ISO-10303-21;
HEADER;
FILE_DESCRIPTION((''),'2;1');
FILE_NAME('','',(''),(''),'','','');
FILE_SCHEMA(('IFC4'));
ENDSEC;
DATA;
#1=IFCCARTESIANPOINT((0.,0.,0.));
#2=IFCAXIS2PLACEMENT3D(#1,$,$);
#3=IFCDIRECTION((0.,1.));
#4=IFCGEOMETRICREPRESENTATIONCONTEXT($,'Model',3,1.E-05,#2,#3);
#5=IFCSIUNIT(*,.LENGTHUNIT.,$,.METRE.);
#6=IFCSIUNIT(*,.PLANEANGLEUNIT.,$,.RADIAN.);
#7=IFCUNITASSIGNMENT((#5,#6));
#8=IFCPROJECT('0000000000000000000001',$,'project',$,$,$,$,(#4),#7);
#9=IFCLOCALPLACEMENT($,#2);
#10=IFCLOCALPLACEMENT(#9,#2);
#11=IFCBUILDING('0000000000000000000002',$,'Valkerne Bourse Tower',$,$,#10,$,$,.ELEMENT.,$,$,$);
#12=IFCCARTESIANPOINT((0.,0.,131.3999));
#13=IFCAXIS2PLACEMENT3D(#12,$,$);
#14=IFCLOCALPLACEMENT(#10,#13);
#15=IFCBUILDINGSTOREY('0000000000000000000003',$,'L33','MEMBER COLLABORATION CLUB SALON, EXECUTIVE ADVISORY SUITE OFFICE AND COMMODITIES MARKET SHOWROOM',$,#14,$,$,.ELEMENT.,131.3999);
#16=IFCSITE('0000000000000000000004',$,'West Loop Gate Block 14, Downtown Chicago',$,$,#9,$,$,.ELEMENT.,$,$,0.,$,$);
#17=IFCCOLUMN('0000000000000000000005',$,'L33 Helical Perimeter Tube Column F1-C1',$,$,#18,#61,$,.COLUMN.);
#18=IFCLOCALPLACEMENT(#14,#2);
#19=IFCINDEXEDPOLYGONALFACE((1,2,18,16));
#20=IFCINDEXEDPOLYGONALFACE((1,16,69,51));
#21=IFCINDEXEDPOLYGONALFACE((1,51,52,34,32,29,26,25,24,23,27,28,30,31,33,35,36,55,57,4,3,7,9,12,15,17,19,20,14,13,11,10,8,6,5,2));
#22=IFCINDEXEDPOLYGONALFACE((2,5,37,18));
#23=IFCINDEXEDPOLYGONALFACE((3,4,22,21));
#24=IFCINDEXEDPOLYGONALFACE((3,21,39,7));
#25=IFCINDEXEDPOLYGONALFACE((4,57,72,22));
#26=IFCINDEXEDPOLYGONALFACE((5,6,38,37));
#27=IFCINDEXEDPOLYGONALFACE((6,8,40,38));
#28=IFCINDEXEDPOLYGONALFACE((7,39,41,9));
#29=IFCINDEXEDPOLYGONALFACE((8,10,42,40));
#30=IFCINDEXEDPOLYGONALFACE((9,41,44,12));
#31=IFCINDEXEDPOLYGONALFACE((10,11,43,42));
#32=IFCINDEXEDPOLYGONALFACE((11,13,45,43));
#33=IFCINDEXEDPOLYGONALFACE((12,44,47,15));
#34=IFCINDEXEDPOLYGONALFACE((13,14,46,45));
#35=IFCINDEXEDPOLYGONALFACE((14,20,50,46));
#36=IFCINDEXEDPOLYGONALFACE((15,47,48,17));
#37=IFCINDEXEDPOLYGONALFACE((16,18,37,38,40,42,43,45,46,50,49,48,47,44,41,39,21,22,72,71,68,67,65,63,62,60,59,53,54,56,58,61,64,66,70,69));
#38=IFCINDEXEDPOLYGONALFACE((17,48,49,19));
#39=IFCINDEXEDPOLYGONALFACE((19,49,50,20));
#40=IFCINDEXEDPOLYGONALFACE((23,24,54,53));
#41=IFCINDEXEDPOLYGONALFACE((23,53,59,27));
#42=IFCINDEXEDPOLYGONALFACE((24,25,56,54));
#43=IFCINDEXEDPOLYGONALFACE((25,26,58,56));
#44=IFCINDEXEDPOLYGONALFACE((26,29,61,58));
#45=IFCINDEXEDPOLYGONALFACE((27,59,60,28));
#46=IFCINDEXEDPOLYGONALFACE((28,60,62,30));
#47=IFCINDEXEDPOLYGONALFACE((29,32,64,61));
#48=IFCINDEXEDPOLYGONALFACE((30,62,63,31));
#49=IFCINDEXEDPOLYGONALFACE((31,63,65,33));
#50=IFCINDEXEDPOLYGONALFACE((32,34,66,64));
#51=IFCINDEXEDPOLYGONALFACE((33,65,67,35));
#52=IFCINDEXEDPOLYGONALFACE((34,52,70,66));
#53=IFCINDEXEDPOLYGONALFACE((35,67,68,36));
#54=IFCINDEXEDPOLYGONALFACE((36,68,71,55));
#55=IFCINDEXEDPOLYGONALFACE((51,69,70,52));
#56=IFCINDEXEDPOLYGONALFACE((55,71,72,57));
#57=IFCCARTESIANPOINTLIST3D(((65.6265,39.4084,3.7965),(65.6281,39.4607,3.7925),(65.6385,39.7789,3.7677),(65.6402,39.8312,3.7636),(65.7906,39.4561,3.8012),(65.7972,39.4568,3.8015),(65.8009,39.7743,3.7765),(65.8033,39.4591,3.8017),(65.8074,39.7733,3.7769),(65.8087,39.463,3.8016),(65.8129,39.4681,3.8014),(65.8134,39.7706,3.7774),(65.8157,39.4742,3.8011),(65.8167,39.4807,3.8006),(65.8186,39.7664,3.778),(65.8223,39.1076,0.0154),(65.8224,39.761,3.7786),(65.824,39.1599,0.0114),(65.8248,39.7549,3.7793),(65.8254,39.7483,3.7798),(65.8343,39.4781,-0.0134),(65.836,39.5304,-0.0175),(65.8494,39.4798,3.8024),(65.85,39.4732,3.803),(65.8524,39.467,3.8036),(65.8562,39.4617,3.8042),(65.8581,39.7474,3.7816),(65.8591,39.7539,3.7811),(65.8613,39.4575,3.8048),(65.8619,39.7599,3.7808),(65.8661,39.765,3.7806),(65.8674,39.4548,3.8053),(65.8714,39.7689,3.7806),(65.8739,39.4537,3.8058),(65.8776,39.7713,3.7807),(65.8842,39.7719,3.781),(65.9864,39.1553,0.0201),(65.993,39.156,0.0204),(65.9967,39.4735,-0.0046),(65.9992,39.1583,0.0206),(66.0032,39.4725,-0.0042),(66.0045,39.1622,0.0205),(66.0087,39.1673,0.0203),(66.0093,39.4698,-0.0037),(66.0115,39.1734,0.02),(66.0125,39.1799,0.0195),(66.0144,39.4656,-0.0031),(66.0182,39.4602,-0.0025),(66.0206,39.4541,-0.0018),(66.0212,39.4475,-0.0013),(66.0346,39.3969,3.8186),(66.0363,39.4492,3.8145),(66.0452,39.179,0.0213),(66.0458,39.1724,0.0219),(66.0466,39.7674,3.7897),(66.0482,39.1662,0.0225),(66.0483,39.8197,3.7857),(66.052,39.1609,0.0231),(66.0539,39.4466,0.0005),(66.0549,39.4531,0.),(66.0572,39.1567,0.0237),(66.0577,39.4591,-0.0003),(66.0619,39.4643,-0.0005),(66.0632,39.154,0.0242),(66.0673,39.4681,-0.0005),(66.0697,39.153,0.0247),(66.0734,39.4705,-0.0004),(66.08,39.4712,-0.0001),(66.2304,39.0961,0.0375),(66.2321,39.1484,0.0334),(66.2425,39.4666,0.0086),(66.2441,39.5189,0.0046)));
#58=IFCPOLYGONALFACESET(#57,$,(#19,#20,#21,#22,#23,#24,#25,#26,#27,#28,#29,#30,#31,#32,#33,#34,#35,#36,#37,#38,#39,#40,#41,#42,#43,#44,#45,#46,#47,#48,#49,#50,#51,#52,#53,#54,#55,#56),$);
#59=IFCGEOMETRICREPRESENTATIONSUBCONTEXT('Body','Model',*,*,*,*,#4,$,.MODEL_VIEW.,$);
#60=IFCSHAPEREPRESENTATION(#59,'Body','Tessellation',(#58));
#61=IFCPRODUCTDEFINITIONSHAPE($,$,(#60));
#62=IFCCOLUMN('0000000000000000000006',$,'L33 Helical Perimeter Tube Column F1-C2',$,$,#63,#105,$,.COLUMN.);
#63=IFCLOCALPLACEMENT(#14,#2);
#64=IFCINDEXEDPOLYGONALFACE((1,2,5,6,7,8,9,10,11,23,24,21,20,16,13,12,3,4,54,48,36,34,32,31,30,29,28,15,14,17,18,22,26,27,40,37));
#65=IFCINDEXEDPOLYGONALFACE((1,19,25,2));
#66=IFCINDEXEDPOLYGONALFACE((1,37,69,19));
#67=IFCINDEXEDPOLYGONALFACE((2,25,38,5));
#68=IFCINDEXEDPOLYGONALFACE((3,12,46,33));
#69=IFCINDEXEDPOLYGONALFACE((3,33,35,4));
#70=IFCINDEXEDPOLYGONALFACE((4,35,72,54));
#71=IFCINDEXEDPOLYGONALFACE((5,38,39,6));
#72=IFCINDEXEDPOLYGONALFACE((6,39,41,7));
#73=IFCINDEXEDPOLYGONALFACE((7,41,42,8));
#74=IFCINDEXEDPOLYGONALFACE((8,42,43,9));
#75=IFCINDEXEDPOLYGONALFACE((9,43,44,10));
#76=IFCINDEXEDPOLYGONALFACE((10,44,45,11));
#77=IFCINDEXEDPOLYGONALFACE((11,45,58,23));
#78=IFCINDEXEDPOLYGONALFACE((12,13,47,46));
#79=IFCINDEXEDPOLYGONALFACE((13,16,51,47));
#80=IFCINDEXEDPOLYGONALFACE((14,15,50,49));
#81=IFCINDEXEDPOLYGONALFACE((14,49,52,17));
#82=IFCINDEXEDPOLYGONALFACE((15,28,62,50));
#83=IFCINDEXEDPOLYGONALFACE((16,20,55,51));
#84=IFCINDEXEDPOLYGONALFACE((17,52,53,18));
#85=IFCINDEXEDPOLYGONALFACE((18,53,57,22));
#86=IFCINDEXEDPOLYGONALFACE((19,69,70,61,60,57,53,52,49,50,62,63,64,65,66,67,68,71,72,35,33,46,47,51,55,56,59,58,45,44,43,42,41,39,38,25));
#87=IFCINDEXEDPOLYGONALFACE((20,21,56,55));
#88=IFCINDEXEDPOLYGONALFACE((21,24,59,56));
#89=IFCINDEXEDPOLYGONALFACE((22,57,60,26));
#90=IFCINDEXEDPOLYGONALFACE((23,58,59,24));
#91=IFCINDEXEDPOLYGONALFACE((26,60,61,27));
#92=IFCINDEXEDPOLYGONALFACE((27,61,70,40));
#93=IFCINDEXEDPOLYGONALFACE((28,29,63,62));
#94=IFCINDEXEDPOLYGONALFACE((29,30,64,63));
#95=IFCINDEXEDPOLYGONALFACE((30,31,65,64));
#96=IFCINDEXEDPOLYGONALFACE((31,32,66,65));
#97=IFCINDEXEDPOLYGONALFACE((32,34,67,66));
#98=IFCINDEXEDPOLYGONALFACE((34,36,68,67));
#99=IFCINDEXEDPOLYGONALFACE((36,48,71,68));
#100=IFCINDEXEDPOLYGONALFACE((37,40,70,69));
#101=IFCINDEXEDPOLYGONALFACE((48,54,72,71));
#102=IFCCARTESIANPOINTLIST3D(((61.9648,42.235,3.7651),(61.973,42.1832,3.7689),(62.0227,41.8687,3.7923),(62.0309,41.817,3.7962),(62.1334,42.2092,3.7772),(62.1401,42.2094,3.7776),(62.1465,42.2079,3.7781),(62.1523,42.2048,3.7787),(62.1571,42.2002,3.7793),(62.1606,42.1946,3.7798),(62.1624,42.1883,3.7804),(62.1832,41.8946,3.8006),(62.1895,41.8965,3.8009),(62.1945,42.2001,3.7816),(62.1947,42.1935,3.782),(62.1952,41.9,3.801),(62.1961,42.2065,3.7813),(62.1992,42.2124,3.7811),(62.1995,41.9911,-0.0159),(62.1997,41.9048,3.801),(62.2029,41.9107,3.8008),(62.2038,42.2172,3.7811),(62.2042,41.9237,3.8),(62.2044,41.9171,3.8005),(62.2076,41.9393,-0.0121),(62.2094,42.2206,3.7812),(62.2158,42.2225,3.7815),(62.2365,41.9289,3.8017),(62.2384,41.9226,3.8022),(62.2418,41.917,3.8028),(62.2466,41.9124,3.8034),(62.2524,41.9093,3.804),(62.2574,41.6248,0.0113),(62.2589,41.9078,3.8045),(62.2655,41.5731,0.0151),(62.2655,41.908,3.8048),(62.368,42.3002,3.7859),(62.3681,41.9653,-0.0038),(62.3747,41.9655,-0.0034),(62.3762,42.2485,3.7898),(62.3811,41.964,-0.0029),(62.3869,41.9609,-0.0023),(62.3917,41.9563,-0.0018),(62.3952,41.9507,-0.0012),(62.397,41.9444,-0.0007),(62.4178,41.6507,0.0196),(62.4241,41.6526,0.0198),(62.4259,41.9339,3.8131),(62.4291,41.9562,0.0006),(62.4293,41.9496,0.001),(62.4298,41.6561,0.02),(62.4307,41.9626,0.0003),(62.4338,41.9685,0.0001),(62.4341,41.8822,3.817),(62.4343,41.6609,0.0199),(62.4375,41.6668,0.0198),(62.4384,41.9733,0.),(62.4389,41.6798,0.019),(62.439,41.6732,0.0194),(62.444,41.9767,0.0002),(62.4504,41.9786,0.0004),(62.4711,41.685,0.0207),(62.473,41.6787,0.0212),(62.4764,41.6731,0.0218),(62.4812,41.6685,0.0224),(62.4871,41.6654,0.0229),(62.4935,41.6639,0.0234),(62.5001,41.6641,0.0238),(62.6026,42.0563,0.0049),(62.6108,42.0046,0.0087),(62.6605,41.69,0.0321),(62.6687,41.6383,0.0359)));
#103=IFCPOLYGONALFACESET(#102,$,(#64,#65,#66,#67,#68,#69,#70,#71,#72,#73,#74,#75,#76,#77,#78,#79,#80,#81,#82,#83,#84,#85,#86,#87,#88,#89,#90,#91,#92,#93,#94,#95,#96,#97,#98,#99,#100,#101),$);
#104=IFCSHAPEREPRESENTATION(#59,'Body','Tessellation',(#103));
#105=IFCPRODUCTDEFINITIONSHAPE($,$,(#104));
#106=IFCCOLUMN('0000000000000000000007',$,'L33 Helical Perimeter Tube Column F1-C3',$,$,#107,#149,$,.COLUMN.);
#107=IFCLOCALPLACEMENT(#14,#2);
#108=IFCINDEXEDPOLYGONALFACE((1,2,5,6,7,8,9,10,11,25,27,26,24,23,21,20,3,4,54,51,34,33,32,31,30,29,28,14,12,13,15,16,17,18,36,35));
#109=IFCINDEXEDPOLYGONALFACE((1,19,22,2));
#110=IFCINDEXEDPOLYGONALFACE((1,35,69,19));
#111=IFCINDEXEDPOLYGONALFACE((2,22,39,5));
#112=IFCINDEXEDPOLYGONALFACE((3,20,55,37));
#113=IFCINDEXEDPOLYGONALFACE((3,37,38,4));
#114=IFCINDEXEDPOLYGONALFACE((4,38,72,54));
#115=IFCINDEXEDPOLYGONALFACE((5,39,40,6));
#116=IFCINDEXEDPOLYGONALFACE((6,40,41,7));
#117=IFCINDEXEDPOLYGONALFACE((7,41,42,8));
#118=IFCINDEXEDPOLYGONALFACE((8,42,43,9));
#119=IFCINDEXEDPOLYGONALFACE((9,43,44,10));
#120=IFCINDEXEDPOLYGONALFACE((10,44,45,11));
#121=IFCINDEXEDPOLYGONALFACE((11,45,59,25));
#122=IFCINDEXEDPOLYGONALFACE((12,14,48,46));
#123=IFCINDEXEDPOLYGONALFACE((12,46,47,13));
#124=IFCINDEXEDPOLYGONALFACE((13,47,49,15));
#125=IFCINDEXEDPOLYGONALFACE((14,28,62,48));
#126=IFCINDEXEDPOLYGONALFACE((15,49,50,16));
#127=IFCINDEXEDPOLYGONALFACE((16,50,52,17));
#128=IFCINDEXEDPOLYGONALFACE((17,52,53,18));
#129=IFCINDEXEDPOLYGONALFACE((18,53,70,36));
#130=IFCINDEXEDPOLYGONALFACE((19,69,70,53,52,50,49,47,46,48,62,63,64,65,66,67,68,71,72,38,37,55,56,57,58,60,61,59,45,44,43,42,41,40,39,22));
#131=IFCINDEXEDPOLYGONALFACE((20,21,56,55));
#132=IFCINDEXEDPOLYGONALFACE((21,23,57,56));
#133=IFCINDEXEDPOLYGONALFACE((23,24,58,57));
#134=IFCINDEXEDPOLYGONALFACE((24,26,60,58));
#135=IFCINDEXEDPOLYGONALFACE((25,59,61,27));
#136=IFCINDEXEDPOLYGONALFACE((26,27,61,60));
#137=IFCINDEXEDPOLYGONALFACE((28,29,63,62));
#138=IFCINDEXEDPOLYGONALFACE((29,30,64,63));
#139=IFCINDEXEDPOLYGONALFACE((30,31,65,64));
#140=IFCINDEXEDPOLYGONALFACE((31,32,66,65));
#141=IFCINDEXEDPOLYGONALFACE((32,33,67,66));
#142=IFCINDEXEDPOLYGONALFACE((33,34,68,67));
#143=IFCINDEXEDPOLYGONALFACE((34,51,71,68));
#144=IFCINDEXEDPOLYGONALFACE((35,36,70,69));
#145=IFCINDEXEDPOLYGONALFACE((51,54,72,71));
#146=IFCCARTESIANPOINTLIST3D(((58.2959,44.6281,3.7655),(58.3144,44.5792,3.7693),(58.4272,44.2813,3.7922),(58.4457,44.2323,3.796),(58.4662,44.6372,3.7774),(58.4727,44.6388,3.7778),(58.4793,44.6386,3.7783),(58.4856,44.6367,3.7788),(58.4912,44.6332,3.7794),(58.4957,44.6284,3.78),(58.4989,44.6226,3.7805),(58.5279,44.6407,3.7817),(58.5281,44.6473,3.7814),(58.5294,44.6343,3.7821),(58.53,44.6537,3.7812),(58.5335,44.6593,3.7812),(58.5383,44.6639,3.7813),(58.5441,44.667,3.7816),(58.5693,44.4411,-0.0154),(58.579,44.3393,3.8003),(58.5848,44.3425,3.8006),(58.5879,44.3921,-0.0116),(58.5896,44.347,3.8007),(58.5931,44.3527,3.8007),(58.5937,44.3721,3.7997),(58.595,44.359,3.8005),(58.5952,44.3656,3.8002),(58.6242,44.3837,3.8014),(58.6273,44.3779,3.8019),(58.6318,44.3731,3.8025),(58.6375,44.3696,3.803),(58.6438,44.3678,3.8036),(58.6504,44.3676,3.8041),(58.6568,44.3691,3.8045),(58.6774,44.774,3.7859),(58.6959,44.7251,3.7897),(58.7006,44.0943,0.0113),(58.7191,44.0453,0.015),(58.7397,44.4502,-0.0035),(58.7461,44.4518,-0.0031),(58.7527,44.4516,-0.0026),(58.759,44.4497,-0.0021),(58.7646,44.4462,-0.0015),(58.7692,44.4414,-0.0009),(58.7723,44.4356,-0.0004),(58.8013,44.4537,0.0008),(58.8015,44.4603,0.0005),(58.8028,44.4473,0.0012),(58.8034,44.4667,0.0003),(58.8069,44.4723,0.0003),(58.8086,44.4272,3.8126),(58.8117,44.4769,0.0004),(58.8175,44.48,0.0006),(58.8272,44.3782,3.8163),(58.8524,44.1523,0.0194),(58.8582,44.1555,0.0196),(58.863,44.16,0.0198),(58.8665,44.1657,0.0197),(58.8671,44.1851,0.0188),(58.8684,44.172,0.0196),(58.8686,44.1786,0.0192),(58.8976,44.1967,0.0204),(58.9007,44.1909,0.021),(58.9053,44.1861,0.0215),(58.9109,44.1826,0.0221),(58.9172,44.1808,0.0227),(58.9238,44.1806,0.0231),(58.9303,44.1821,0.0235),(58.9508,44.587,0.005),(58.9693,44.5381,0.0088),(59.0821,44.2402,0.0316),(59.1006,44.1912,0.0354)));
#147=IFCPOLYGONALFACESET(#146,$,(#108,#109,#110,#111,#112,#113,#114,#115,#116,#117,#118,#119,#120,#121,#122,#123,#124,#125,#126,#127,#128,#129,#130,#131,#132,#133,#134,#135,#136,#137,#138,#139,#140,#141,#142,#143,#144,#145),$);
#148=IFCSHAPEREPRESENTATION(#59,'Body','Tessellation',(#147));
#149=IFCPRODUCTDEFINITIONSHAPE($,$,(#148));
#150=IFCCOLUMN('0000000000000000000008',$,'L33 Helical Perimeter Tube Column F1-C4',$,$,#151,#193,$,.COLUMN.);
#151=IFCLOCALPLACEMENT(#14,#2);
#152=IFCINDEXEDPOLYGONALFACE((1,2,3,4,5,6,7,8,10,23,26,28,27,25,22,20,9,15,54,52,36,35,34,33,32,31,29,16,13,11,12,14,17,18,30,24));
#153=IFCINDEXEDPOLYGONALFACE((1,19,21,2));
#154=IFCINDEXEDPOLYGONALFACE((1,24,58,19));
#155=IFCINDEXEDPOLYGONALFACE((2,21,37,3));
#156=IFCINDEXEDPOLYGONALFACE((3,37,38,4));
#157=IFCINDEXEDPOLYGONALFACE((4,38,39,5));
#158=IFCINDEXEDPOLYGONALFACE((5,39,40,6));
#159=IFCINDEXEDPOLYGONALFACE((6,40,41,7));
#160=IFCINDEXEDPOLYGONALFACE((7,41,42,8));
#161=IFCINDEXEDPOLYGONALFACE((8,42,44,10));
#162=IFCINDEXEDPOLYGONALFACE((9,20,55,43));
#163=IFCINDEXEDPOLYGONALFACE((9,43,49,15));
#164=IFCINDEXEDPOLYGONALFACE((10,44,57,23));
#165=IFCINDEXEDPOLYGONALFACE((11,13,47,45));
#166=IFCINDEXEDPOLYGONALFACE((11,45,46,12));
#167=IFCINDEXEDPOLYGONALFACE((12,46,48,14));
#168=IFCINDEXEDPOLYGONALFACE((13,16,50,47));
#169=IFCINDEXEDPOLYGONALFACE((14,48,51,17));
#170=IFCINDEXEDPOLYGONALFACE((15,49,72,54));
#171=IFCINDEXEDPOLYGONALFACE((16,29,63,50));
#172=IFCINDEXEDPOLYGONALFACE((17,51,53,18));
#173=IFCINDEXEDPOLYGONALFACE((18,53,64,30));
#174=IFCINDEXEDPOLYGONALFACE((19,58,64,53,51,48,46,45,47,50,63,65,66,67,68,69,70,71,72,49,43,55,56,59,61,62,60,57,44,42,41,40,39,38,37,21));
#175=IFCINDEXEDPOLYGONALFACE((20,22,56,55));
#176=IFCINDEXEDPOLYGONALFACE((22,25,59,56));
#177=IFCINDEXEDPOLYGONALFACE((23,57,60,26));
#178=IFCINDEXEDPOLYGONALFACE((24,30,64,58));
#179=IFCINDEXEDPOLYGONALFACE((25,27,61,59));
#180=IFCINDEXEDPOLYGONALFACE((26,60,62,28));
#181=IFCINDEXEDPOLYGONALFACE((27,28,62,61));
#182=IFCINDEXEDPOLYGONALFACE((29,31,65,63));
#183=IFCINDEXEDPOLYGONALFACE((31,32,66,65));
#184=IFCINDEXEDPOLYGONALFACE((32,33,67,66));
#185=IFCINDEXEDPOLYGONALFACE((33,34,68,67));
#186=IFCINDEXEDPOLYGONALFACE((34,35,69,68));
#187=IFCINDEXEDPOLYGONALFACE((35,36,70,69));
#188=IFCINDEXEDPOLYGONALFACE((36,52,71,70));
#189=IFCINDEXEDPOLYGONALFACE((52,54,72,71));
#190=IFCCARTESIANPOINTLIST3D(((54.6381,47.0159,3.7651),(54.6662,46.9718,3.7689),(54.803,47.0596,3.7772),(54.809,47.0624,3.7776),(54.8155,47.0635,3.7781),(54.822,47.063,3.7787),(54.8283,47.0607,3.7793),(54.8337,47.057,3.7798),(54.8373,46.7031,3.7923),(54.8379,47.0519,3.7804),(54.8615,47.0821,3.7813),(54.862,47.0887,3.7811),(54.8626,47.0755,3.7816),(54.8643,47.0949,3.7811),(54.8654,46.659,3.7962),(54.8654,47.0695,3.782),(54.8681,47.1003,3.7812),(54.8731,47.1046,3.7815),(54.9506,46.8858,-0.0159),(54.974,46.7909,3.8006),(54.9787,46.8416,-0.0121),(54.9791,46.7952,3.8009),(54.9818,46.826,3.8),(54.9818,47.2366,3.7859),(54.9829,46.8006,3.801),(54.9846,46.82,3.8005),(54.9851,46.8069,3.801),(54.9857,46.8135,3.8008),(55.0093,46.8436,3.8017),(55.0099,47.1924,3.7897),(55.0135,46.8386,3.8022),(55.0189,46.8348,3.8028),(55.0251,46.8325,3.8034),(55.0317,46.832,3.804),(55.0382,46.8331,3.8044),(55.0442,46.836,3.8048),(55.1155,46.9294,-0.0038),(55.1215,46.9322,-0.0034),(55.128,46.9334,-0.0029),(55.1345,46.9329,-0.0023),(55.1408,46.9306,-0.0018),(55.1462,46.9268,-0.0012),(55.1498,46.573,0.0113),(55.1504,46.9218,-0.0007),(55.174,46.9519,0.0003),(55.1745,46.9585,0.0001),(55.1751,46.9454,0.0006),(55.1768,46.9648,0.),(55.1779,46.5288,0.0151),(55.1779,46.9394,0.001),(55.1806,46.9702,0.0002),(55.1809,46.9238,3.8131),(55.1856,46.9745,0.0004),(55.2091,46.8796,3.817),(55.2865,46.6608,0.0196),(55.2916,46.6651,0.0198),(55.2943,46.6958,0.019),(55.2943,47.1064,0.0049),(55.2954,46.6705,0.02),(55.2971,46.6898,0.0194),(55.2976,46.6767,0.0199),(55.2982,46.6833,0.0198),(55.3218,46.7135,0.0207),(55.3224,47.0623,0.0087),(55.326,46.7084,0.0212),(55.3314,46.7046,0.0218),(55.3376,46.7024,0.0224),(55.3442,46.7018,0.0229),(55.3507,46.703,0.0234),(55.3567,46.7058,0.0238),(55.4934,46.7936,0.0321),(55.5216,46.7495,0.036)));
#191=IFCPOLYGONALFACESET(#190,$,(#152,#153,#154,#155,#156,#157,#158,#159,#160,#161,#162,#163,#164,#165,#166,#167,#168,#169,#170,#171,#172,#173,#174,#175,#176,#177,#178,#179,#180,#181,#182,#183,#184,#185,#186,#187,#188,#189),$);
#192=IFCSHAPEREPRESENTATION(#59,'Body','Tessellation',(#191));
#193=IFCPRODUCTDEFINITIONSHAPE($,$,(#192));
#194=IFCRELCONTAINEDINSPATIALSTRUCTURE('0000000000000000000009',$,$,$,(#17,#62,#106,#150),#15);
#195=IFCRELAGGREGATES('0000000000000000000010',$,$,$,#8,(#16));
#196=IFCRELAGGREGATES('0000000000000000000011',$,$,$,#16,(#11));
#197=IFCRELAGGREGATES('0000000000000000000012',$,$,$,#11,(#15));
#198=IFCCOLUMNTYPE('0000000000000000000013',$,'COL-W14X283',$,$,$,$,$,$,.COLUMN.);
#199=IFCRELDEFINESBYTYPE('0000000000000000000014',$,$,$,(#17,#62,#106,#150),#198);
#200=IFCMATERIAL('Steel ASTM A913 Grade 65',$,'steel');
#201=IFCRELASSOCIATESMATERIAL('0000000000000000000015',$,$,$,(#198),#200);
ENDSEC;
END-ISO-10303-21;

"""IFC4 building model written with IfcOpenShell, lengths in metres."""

from ifc_helpers import new_model, si_unit, direction, frame, origin, origin_2d, place, context, subcontext, project, spatial, i_section, extrude, material, material_profile, profile_set, type_object, element, save


model = new_model("IFC4")

# Units and contexts
model_context = context("Model", 3, precision=1e-05, world=origin(), true_north=direction((0.0, 1.0)))
body_context = subcontext(model_context, "Body", "Model", "MODEL_VIEW")
ifc_project = project(units=[si_unit("LENGTHUNIT", "METRE"), si_unit("PLANEANGLEUNIT", "RADIAN")], contexts=[model_context])

# Site, building, storey
site_placement = place(None, origin())
site = spatial("IfcSite", under=ifc_project, at=site_placement, Name="West Loop Gate Block 14, Downtown Chicago", CompositionType="ELEMENT", RefElevation=0.0)
building_placement = place(site_placement, origin())
building = spatial("IfcBuilding", under=site, at=building_placement, Name="Valkerne Bourse Tower", CompositionType="ELEMENT")
storey_placement = place(building_placement, frame((0.0, 0.0, 131.3999)))
storey = spatial("IfcBuildingStorey", under=building, at=storey_placement, Name="L33", Description="MEMBER COLLABORATION CLUB SALON, EXECUTIVE ADVISORY SUITE OFFICE AND COMMODITIES MARKET SHOWROOM", CompositionType="ELEMENT", Elevation=131.3999)

# Columns
ifc_material_1 = material(Name="Steel ASTM A913 Grade 65", Category="steel")
ifc_material_profile_1 = material_profile(ifc_material_1, i_section(OverallWidth=0.4089, OverallDepth=0.4243, WebThickness=0.0327, FlangeThickness=0.0525, FilletRadius=0.0254, at=origin_2d()), Name="W14X283")
ifc_profile_set_1 = profile_set([ifc_material_profile_1], Name="Steel ASTM A913 Grade 65")
column_type = type_object("IfcColumnType", Name="COL-W14X283", PredefinedType="COLUMN", material=ifc_profile_set_1)
column_1_placement = place(storey_placement, frame((66.0332, 39.3132, 0.01), z_axis=(-0.051554, 0.079195, 0.995525), x_axis=(0.998147, -0.02817, 0.05393)))
element("IfcColumn", 1, at=column_1_placement, inside=storey, type_object=column_type, Name="L33 Helical Perimeter Tube Column F1-C1", PredefinedType="COLUMN", context=body_context, shape_type="SweptSolid", body=[
    extrude(i_section(OverallWidth=0.4089, OverallDepth=0.4243, WebThickness=0.0327, FlangeThickness=0.0525, FilletRadius=0.0254, at=origin_2d()), origin(), (0.0, 0.0, 1.0), 3.7981),
])
column_2_placement = place(storey_placement, frame((62.4341, 41.8147, 0.01), z_axis=(-0.061805, 0.064249, 0.996018), x_axis=(0.985868, 0.159611, 0.050879)))
element("IfcColumn", 2, at=column_2_placement, inside=storey, type_object=column_type, Name="L33 Helical Perimeter Tube Column F1-C2", PredefinedType="COLUMN", context=body_context, shape_type="SweptSolid", body=[
    extrude(i_section(OverallWidth=0.4089, OverallDepth=0.4243, WebThickness=0.0327, FlangeThickness=0.0525, FilletRadius=0.0254, at=origin_2d()), origin(), (0.0, 0.0, 1.0), 3.7961),
])
column_3_placement = place(storey_placement, frame((58.835, 44.3162, 0.01), z_axis=(-0.072043, 0.049272, 0.996184), x_axis=(0.932838, 0.356837, 0.049812)))
element("IfcColumn", 3, at=column_3_placement, inside=storey, type_object=column_type, Name="L33 Helical Perimeter Tube Column F1-C3", PredefinedType="COLUMN", context=body_context, shape_type="SweptSolid", body=[
    extrude(i_section(OverallWidth=0.4089, OverallDepth=0.4243, WebThickness=0.0327, FlangeThickness=0.0525, FilletRadius=0.0254, at=origin_2d()), origin(), (0.0, 0.0, 1.0), 3.7954),
])
column_4_placement = place(storey_placement, frame((55.2361, 46.8176, 0.01), z_axis=(-0.082321, 0.034279, 0.996016), x_axis=(0.840421, 0.53954, 0.050892)))
element("IfcColumn", 4, at=column_4_placement, inside=storey, type_object=column_type, Name="L33 Helical Perimeter Tube Column F1-C4", PredefinedType="COLUMN", context=body_context, shape_type="SweptSolid", body=[
    extrude(i_section(OverallWidth=0.4089, OverallDepth=0.4243, WebThickness=0.0327, FlangeThickness=0.0525, FilletRadius=0.0254, at=origin_2d()), origin(), (0.0, 0.0, 1.0), 3.7961),
])

save(model, "model.ifc")
